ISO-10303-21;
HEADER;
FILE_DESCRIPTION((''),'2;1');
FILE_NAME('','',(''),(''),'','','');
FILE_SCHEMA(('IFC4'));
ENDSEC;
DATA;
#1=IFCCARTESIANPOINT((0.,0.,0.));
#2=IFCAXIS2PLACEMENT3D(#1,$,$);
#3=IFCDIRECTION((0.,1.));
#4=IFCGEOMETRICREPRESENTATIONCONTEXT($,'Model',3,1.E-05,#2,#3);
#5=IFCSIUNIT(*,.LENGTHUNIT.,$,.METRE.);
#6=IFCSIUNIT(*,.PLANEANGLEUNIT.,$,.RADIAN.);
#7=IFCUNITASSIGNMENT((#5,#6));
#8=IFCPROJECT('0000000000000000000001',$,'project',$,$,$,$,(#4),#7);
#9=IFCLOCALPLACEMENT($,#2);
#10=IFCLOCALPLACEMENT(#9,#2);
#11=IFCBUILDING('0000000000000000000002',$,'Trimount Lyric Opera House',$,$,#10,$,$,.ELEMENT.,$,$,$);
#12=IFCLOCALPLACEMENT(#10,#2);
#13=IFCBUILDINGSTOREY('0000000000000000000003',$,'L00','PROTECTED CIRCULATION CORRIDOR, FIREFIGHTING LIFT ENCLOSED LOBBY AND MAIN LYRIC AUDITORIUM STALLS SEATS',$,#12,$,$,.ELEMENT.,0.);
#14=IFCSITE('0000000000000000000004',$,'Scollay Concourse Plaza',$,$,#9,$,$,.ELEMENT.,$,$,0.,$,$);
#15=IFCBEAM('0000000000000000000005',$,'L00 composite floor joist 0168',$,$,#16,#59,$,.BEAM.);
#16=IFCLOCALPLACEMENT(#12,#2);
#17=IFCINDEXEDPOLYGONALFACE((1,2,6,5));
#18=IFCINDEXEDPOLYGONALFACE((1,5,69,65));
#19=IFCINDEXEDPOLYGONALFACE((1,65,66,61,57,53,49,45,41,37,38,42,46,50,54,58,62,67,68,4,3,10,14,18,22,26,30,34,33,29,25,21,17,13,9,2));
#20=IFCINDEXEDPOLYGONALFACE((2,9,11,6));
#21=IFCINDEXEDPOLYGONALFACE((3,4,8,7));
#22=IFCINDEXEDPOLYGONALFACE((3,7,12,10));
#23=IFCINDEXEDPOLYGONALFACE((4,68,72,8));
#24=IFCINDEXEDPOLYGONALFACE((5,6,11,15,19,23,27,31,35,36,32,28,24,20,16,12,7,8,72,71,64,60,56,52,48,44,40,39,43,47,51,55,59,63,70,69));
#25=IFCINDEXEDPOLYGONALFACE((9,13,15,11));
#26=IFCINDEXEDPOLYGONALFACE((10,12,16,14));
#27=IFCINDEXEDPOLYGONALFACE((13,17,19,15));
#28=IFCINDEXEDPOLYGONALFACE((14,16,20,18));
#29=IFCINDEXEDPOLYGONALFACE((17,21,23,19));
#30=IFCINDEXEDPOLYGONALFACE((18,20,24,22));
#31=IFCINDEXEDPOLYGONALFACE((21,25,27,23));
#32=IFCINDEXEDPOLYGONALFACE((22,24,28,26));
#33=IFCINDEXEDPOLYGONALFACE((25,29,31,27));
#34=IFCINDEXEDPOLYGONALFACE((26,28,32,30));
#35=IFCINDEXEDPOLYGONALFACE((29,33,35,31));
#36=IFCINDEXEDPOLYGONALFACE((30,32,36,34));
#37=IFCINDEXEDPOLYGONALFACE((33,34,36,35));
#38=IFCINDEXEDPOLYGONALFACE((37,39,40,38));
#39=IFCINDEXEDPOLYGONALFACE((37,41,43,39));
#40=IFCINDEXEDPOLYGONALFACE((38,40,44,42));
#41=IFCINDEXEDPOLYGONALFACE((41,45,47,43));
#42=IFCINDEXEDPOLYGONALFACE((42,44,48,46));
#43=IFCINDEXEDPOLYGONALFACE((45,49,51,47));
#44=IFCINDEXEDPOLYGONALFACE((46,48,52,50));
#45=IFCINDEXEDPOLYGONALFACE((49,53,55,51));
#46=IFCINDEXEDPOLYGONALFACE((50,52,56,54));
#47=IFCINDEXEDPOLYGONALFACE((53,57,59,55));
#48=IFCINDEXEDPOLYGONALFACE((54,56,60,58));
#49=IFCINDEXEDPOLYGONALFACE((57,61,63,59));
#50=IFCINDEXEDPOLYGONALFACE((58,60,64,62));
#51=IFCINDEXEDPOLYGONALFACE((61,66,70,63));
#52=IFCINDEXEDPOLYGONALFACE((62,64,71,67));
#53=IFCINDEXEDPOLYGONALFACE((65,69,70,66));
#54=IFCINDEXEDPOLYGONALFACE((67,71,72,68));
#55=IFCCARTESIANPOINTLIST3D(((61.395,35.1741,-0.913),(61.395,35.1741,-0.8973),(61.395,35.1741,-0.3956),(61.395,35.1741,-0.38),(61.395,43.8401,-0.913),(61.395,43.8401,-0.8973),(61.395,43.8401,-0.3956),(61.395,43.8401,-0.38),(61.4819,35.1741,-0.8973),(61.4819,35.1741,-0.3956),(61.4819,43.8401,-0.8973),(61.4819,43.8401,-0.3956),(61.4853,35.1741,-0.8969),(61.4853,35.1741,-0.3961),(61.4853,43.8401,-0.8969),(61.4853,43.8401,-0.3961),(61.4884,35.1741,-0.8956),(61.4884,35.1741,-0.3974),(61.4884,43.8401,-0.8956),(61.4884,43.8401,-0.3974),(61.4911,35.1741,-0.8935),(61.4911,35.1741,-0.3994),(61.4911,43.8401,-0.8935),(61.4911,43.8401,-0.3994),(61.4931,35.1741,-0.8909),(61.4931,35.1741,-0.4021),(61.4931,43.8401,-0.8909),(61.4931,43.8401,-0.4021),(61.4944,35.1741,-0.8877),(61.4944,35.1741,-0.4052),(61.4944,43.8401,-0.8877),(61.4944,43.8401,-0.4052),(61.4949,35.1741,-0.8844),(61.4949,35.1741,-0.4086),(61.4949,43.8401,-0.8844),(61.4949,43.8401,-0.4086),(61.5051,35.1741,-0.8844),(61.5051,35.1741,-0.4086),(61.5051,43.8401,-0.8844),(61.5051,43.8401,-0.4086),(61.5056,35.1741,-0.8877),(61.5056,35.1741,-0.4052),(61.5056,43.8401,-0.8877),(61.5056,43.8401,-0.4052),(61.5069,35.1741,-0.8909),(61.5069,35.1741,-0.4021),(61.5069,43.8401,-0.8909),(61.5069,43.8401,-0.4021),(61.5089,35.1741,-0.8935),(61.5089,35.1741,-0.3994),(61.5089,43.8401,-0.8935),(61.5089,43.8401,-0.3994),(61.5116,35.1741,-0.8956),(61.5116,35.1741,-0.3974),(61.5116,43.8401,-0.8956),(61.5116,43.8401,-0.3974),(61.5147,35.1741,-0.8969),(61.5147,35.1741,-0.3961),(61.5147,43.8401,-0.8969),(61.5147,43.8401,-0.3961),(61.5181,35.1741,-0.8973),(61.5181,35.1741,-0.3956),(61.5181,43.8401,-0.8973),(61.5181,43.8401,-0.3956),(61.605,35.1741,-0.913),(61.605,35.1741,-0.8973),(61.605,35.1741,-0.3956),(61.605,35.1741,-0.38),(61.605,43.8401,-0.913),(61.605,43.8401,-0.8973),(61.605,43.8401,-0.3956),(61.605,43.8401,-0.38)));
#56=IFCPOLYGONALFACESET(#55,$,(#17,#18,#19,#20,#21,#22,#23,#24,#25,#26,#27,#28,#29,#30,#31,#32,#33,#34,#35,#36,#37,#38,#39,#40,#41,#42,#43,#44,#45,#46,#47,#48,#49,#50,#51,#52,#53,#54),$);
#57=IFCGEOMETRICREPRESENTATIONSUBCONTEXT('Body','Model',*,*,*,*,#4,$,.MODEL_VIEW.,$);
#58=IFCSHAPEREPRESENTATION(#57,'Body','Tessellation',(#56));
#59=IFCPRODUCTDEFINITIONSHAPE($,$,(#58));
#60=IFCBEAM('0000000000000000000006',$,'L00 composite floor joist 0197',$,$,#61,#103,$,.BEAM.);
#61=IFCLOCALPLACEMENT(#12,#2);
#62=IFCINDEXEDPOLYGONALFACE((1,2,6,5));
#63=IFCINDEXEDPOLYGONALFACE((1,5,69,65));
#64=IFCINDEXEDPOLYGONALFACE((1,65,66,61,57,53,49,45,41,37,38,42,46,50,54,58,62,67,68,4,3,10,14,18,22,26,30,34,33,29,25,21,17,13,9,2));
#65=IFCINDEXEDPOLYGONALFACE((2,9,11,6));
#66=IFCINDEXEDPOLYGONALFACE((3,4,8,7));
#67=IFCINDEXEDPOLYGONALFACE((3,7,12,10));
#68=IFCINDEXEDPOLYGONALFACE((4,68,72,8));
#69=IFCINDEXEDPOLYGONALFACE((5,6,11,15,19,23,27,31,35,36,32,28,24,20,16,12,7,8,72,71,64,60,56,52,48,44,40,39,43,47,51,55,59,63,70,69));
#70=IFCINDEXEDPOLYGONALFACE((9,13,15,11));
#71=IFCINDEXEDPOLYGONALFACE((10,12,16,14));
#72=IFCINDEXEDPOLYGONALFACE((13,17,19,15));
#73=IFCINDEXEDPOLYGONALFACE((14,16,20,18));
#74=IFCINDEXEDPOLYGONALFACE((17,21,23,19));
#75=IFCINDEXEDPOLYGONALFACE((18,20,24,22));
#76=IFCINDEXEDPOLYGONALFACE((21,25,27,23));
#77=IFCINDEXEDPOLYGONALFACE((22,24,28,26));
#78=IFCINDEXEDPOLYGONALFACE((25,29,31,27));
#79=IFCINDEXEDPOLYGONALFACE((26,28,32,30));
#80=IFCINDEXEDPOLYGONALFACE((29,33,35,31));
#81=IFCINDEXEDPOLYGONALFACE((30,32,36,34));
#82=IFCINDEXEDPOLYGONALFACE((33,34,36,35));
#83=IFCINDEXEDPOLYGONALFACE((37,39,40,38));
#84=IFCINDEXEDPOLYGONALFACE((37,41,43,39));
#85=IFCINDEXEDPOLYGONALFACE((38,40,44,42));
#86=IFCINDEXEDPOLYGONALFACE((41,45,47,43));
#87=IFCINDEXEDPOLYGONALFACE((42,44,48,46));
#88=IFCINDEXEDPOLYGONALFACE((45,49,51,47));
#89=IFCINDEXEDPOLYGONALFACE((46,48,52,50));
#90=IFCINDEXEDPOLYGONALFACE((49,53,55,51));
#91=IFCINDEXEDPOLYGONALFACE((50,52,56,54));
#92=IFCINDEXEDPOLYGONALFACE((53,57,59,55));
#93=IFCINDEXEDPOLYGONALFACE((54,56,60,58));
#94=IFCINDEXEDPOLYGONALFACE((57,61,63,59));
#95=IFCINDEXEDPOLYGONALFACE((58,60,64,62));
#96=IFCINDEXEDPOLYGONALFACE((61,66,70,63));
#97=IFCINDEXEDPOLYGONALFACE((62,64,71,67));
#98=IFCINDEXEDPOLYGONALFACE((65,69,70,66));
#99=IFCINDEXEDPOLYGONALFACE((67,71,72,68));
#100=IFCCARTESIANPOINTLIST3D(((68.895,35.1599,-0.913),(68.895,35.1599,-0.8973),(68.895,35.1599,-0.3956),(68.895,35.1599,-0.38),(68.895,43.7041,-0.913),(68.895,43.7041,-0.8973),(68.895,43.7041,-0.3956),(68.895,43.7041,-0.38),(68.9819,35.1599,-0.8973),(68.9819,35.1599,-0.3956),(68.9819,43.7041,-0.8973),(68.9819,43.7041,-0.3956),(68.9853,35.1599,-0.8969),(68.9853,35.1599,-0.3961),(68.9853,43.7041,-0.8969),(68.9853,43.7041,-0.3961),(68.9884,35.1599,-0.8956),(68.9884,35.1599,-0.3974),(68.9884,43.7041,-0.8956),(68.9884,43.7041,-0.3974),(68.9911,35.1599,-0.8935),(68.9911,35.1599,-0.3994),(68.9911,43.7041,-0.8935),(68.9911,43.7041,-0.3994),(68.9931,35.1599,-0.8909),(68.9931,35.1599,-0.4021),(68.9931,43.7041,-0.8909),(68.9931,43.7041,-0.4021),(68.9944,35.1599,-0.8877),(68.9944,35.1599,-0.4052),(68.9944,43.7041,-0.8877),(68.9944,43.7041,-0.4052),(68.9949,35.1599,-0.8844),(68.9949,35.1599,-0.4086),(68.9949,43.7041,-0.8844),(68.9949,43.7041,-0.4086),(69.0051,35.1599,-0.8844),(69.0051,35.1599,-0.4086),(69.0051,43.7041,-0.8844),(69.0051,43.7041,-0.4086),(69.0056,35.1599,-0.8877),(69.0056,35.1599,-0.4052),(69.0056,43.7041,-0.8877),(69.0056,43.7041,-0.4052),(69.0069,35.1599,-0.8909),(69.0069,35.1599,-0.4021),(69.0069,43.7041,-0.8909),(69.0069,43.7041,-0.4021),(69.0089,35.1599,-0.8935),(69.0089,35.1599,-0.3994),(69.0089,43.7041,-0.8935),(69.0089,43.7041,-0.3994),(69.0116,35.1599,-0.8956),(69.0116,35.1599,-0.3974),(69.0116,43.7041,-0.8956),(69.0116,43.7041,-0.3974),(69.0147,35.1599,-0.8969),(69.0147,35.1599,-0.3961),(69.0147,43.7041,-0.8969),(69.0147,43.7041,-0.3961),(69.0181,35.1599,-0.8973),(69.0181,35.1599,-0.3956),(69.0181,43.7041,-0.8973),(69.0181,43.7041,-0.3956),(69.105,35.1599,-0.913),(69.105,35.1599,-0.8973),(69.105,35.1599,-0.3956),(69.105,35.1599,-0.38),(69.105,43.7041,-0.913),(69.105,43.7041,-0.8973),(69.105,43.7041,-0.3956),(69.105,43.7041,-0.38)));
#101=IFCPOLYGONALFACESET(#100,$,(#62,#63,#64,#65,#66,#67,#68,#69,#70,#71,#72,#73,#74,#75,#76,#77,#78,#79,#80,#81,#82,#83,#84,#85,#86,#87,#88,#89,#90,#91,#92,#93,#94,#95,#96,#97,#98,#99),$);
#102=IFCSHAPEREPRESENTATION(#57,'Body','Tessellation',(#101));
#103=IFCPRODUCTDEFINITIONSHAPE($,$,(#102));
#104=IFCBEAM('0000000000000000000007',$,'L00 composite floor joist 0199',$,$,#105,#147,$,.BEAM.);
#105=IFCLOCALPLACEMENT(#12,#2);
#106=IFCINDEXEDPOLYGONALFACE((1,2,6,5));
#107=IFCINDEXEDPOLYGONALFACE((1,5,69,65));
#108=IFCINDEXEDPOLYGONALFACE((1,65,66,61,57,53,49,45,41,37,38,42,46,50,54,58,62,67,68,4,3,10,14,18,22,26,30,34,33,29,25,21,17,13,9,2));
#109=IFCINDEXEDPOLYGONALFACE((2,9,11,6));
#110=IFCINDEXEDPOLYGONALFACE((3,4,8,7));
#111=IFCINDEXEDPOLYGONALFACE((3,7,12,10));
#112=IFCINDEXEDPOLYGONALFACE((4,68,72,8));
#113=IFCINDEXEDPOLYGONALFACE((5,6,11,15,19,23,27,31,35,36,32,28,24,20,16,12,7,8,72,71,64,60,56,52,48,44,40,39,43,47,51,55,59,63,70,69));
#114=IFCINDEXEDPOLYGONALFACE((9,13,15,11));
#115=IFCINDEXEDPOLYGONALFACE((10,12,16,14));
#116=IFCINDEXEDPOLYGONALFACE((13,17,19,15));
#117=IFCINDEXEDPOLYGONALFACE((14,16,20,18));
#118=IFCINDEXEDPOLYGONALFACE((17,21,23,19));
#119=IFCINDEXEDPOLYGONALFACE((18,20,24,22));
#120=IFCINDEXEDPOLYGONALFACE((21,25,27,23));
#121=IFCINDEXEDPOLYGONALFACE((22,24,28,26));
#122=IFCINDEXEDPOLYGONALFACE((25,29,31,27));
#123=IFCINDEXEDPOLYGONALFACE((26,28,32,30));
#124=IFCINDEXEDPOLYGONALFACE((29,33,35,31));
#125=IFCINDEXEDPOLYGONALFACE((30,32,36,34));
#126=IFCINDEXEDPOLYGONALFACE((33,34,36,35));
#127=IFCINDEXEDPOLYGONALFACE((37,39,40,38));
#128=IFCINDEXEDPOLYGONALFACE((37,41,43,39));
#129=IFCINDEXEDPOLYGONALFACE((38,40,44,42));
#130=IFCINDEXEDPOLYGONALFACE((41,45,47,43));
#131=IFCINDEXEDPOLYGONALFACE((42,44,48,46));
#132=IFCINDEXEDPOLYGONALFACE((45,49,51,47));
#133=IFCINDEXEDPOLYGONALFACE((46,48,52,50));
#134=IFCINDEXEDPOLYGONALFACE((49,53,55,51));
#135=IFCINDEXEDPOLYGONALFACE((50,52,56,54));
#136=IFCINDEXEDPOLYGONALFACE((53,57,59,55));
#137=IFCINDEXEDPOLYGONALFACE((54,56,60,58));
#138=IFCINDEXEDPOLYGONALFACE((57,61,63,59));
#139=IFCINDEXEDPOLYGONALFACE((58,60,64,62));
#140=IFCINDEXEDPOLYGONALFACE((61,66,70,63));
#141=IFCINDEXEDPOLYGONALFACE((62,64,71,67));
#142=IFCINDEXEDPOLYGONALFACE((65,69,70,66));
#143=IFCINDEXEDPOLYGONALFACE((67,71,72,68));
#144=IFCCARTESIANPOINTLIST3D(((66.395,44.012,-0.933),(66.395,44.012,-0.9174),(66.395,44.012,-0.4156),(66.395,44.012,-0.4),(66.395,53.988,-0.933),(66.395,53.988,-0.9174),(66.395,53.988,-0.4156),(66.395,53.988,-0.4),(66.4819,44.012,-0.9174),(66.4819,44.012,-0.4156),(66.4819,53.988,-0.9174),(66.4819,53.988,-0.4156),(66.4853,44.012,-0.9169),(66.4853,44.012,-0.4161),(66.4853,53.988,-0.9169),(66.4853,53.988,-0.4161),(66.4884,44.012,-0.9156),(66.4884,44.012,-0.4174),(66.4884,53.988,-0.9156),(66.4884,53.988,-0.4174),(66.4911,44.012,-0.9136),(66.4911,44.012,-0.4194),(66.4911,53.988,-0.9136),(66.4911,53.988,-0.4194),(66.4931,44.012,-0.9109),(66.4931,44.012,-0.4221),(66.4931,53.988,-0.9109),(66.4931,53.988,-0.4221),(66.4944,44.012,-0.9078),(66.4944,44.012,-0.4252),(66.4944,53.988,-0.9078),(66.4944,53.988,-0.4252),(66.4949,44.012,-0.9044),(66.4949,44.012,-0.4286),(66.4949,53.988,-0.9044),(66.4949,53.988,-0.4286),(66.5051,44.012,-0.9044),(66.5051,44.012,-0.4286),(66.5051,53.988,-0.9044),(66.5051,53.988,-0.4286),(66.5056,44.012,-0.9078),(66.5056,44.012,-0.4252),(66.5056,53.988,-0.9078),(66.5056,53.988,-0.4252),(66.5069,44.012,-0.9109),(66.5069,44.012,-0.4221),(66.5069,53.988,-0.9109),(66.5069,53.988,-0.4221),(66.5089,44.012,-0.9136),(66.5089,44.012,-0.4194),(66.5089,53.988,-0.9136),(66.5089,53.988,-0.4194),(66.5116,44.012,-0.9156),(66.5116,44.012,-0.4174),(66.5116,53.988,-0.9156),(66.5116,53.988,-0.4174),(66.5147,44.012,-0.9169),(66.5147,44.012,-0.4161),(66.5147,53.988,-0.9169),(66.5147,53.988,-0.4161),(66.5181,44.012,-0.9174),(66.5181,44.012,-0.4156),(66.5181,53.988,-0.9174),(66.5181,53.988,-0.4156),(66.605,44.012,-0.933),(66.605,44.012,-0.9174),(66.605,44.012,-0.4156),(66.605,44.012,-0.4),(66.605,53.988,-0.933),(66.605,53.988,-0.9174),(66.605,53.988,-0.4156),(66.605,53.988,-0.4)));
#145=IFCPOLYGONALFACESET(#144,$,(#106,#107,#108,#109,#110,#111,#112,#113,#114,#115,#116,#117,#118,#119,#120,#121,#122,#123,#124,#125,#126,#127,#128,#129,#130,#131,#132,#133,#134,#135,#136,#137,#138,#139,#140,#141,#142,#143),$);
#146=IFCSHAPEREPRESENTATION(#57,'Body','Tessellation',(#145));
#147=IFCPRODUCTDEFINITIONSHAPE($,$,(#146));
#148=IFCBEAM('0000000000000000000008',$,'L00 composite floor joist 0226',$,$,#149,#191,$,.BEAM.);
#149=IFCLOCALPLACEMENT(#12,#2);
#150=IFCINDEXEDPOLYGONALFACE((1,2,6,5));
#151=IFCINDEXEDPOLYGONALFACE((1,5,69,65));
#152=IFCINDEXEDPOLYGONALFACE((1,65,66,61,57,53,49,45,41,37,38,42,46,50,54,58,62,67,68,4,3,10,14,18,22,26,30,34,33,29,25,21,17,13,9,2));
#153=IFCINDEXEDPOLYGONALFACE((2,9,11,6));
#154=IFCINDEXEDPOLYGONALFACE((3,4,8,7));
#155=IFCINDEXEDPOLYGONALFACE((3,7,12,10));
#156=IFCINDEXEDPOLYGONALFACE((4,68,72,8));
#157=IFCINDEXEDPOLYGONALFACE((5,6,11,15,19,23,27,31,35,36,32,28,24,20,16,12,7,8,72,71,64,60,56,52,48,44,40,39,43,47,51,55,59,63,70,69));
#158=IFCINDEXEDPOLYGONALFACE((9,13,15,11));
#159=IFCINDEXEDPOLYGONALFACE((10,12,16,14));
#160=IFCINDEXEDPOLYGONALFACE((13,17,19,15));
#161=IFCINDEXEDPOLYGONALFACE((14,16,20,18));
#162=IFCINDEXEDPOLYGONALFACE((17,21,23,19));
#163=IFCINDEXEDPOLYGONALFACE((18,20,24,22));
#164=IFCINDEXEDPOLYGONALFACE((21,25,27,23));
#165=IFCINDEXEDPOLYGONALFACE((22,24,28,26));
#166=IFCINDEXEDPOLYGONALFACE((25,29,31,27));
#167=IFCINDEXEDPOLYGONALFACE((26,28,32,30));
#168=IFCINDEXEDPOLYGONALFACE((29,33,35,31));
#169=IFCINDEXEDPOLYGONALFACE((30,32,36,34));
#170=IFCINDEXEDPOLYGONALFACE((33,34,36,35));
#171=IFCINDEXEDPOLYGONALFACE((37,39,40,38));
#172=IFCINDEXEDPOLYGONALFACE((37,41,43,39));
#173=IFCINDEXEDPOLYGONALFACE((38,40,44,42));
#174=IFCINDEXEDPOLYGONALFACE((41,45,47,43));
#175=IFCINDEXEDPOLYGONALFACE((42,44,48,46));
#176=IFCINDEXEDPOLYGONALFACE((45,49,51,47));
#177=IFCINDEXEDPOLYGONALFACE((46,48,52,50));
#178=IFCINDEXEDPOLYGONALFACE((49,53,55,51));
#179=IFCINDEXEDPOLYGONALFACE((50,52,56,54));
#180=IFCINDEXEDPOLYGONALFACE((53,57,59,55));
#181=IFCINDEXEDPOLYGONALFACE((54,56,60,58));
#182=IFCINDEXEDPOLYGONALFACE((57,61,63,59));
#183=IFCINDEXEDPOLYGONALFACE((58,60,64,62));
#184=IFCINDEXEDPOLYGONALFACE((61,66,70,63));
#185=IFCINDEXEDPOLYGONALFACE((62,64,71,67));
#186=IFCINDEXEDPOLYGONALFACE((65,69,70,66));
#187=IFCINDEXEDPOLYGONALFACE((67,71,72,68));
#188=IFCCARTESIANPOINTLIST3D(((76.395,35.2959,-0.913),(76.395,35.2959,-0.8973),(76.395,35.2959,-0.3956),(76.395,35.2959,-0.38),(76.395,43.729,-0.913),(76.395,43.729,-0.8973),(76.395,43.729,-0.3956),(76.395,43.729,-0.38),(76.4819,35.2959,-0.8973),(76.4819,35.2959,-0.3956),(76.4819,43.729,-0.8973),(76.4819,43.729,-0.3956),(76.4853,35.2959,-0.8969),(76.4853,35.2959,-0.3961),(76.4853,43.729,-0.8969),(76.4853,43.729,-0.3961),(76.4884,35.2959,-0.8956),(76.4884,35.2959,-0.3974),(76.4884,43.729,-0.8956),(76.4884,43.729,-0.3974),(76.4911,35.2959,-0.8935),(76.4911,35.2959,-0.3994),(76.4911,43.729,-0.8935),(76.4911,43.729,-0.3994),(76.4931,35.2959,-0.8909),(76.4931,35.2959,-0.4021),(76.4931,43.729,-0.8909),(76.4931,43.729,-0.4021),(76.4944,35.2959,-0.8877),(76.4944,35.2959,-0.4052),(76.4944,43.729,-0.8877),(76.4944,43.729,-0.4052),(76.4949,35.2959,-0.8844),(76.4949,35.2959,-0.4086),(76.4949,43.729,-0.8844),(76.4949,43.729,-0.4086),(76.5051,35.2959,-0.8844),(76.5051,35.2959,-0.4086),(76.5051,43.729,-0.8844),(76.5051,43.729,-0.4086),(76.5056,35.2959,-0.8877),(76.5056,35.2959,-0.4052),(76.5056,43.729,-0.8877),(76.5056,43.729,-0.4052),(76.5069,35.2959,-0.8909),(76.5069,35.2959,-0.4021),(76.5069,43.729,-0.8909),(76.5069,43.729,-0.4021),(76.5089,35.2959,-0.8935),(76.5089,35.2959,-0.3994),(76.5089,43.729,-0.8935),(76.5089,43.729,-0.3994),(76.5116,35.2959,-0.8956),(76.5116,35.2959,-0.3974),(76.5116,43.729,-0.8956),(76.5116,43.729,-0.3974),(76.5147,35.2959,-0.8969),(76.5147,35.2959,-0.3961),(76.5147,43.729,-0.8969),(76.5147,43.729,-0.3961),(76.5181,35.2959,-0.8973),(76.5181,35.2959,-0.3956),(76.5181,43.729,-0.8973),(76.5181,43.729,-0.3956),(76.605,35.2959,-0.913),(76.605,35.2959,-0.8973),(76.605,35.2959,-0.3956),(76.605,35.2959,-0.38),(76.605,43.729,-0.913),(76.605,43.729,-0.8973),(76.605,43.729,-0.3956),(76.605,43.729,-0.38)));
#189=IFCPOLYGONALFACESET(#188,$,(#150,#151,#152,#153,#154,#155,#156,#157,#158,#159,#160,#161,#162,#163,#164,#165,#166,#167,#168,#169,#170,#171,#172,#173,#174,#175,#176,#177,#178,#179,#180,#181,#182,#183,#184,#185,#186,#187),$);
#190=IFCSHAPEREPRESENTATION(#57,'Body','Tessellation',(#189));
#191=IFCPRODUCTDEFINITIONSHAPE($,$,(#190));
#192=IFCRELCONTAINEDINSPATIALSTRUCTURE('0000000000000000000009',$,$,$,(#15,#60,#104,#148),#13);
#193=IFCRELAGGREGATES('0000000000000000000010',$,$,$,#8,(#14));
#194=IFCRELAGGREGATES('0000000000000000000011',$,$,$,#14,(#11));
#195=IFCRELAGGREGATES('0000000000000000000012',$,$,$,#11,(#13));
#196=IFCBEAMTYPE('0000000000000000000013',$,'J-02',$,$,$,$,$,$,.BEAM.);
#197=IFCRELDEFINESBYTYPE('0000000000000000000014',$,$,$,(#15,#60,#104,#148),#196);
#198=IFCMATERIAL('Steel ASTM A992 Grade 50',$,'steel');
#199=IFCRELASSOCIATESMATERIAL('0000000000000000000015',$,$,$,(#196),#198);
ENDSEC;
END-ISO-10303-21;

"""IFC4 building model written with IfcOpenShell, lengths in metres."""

from ifc_helpers import new_model, si_unit, direction, frame, origin, origin_2d, place, context, subcontext, project, spatial, i_section, extrude, material, material_profile, profile_set, type_object, element, save


model = new_model("IFC4")

# Units and contexts
model_context = context("Model", 3, precision=1e-05, world=origin(), true_north=direction((0.0, 1.0)))
body_context = subcontext(model_context, "Body", "Model", "MODEL_VIEW")
ifc_project = project(units=[si_unit("LENGTHUNIT", "METRE"), si_unit("PLANEANGLEUNIT", "RADIAN")], contexts=[model_context])

# Site, building, storey
site_placement = place(None, origin())
site = spatial("IfcSite", under=ifc_project, at=site_placement, Name="Scollay Concourse Plaza", CompositionType="ELEMENT", RefElevation=0.0)
building_placement = place(site_placement, origin())
building = spatial("IfcBuilding", under=site, at=building_placement, Name="Trimount Lyric Opera House", CompositionType="ELEMENT")
storey_placement = place(building_placement, origin())
storey = spatial("IfcBuildingStorey", under=building, at=storey_placement, Name="L00", Description="PROTECTED CIRCULATION CORRIDOR, FIREFIGHTING LIFT ENCLOSED LOBBY AND MAIN LYRIC AUDITORIUM STALLS SEATS", CompositionType="ELEMENT", Elevation=0.0)

# Beams
ifc_material_1 = material(Name="Steel ASTM A992 Grade 50", Category="steel")
ifc_material_profile_1 = material_profile(ifc_material_1, i_section(OverallWidth=0.21, OverallDepth=0.533, WebThickness=0.0103, FlangeThickness=0.0156, FilletRadius=0.0129, at=origin_2d()), Name="W21X62")
ifc_profile_set_1 = profile_set([ifc_material_profile_1], Name="Steel ASTM A992 Grade 50")
beam_type_1 = type_object("IfcBeamType", Name="J-02", PredefinedType="BEAM", material=ifc_profile_set_1)
beam_1_placement = place(storey_placement, frame((61.5, 35.1741, -0.6465), z_axis=(0.0, 1.0, 0.0), x_axis=(-1.0, 0.0, 0.0)))
element("IfcBeam", 1, at=beam_1_placement, inside=storey, type_object=beam_type_1, Name="L00 composite floor joist 0168", PredefinedType="BEAM", context=body_context, shape_type="SweptSolid", body=[
    extrude(i_section(OverallWidth=0.21, OverallDepth=0.533, WebThickness=0.0103, FlangeThickness=0.0156, FilletRadius=0.0129, at=origin_2d()), origin(), (0.0, 0.0, 1.0), 8.666),
])
beam_2_placement = place(storey_placement, frame((69.0, 35.1599, -0.6465), z_axis=(0.0, 1.0, 0.0), x_axis=(-1.0, 0.0, 0.0)))
element("IfcBeam", 2, at=beam_2_placement, inside=storey, type_object=beam_type_1, Name="L00 composite floor joist 0197", PredefinedType="BEAM", context=body_context, shape_type="SweptSolid", body=[
    extrude(i_section(OverallWidth=0.21, OverallDepth=0.533, WebThickness=0.0103, FlangeThickness=0.0156, FilletRadius=0.0129, at=origin_2d()), origin(), (0.0, 0.0, 1.0), 8.5442),
])
beam_3_placement = place(storey_placement, frame((66.5, 44.012, -0.6665), z_axis=(0.0, 1.0, 0.0), x_axis=(-1.0, 0.0, 0.0)))
element("IfcBeam", 3, at=beam_3_placement, inside=storey, type_object=beam_type_1, Name="L00 composite floor joist 0199", PredefinedType="BEAM", context=body_context, shape_type="SweptSolid", body=[
    extrude(i_section(OverallWidth=0.21, OverallDepth=0.533, WebThickness=0.0103, FlangeThickness=0.0156, FilletRadius=0.0129, at=origin_2d()), origin(), (0.0, 0.0, 1.0), 9.9761),
])
beam_4_placement = place(storey_placement, frame((76.5, 35.2959, -0.6465), z_axis=(0.0, 1.0, 0.0), x_axis=(-1.0, 0.0, 0.0)))
element("IfcBeam", 4, at=beam_4_placement, inside=storey, type_object=beam_type_1, Name="L00 composite floor joist 0226", PredefinedType="BEAM", context=body_context, shape_type="SweptSolid", body=[
    extrude(i_section(OverallWidth=0.21, OverallDepth=0.533, WebThickness=0.0103, FlangeThickness=0.0156, FilletRadius=0.0129, at=origin_2d()), origin(), (0.0, 0.0, 1.0), 8.4331),
])

save(model, "model.ifc")
